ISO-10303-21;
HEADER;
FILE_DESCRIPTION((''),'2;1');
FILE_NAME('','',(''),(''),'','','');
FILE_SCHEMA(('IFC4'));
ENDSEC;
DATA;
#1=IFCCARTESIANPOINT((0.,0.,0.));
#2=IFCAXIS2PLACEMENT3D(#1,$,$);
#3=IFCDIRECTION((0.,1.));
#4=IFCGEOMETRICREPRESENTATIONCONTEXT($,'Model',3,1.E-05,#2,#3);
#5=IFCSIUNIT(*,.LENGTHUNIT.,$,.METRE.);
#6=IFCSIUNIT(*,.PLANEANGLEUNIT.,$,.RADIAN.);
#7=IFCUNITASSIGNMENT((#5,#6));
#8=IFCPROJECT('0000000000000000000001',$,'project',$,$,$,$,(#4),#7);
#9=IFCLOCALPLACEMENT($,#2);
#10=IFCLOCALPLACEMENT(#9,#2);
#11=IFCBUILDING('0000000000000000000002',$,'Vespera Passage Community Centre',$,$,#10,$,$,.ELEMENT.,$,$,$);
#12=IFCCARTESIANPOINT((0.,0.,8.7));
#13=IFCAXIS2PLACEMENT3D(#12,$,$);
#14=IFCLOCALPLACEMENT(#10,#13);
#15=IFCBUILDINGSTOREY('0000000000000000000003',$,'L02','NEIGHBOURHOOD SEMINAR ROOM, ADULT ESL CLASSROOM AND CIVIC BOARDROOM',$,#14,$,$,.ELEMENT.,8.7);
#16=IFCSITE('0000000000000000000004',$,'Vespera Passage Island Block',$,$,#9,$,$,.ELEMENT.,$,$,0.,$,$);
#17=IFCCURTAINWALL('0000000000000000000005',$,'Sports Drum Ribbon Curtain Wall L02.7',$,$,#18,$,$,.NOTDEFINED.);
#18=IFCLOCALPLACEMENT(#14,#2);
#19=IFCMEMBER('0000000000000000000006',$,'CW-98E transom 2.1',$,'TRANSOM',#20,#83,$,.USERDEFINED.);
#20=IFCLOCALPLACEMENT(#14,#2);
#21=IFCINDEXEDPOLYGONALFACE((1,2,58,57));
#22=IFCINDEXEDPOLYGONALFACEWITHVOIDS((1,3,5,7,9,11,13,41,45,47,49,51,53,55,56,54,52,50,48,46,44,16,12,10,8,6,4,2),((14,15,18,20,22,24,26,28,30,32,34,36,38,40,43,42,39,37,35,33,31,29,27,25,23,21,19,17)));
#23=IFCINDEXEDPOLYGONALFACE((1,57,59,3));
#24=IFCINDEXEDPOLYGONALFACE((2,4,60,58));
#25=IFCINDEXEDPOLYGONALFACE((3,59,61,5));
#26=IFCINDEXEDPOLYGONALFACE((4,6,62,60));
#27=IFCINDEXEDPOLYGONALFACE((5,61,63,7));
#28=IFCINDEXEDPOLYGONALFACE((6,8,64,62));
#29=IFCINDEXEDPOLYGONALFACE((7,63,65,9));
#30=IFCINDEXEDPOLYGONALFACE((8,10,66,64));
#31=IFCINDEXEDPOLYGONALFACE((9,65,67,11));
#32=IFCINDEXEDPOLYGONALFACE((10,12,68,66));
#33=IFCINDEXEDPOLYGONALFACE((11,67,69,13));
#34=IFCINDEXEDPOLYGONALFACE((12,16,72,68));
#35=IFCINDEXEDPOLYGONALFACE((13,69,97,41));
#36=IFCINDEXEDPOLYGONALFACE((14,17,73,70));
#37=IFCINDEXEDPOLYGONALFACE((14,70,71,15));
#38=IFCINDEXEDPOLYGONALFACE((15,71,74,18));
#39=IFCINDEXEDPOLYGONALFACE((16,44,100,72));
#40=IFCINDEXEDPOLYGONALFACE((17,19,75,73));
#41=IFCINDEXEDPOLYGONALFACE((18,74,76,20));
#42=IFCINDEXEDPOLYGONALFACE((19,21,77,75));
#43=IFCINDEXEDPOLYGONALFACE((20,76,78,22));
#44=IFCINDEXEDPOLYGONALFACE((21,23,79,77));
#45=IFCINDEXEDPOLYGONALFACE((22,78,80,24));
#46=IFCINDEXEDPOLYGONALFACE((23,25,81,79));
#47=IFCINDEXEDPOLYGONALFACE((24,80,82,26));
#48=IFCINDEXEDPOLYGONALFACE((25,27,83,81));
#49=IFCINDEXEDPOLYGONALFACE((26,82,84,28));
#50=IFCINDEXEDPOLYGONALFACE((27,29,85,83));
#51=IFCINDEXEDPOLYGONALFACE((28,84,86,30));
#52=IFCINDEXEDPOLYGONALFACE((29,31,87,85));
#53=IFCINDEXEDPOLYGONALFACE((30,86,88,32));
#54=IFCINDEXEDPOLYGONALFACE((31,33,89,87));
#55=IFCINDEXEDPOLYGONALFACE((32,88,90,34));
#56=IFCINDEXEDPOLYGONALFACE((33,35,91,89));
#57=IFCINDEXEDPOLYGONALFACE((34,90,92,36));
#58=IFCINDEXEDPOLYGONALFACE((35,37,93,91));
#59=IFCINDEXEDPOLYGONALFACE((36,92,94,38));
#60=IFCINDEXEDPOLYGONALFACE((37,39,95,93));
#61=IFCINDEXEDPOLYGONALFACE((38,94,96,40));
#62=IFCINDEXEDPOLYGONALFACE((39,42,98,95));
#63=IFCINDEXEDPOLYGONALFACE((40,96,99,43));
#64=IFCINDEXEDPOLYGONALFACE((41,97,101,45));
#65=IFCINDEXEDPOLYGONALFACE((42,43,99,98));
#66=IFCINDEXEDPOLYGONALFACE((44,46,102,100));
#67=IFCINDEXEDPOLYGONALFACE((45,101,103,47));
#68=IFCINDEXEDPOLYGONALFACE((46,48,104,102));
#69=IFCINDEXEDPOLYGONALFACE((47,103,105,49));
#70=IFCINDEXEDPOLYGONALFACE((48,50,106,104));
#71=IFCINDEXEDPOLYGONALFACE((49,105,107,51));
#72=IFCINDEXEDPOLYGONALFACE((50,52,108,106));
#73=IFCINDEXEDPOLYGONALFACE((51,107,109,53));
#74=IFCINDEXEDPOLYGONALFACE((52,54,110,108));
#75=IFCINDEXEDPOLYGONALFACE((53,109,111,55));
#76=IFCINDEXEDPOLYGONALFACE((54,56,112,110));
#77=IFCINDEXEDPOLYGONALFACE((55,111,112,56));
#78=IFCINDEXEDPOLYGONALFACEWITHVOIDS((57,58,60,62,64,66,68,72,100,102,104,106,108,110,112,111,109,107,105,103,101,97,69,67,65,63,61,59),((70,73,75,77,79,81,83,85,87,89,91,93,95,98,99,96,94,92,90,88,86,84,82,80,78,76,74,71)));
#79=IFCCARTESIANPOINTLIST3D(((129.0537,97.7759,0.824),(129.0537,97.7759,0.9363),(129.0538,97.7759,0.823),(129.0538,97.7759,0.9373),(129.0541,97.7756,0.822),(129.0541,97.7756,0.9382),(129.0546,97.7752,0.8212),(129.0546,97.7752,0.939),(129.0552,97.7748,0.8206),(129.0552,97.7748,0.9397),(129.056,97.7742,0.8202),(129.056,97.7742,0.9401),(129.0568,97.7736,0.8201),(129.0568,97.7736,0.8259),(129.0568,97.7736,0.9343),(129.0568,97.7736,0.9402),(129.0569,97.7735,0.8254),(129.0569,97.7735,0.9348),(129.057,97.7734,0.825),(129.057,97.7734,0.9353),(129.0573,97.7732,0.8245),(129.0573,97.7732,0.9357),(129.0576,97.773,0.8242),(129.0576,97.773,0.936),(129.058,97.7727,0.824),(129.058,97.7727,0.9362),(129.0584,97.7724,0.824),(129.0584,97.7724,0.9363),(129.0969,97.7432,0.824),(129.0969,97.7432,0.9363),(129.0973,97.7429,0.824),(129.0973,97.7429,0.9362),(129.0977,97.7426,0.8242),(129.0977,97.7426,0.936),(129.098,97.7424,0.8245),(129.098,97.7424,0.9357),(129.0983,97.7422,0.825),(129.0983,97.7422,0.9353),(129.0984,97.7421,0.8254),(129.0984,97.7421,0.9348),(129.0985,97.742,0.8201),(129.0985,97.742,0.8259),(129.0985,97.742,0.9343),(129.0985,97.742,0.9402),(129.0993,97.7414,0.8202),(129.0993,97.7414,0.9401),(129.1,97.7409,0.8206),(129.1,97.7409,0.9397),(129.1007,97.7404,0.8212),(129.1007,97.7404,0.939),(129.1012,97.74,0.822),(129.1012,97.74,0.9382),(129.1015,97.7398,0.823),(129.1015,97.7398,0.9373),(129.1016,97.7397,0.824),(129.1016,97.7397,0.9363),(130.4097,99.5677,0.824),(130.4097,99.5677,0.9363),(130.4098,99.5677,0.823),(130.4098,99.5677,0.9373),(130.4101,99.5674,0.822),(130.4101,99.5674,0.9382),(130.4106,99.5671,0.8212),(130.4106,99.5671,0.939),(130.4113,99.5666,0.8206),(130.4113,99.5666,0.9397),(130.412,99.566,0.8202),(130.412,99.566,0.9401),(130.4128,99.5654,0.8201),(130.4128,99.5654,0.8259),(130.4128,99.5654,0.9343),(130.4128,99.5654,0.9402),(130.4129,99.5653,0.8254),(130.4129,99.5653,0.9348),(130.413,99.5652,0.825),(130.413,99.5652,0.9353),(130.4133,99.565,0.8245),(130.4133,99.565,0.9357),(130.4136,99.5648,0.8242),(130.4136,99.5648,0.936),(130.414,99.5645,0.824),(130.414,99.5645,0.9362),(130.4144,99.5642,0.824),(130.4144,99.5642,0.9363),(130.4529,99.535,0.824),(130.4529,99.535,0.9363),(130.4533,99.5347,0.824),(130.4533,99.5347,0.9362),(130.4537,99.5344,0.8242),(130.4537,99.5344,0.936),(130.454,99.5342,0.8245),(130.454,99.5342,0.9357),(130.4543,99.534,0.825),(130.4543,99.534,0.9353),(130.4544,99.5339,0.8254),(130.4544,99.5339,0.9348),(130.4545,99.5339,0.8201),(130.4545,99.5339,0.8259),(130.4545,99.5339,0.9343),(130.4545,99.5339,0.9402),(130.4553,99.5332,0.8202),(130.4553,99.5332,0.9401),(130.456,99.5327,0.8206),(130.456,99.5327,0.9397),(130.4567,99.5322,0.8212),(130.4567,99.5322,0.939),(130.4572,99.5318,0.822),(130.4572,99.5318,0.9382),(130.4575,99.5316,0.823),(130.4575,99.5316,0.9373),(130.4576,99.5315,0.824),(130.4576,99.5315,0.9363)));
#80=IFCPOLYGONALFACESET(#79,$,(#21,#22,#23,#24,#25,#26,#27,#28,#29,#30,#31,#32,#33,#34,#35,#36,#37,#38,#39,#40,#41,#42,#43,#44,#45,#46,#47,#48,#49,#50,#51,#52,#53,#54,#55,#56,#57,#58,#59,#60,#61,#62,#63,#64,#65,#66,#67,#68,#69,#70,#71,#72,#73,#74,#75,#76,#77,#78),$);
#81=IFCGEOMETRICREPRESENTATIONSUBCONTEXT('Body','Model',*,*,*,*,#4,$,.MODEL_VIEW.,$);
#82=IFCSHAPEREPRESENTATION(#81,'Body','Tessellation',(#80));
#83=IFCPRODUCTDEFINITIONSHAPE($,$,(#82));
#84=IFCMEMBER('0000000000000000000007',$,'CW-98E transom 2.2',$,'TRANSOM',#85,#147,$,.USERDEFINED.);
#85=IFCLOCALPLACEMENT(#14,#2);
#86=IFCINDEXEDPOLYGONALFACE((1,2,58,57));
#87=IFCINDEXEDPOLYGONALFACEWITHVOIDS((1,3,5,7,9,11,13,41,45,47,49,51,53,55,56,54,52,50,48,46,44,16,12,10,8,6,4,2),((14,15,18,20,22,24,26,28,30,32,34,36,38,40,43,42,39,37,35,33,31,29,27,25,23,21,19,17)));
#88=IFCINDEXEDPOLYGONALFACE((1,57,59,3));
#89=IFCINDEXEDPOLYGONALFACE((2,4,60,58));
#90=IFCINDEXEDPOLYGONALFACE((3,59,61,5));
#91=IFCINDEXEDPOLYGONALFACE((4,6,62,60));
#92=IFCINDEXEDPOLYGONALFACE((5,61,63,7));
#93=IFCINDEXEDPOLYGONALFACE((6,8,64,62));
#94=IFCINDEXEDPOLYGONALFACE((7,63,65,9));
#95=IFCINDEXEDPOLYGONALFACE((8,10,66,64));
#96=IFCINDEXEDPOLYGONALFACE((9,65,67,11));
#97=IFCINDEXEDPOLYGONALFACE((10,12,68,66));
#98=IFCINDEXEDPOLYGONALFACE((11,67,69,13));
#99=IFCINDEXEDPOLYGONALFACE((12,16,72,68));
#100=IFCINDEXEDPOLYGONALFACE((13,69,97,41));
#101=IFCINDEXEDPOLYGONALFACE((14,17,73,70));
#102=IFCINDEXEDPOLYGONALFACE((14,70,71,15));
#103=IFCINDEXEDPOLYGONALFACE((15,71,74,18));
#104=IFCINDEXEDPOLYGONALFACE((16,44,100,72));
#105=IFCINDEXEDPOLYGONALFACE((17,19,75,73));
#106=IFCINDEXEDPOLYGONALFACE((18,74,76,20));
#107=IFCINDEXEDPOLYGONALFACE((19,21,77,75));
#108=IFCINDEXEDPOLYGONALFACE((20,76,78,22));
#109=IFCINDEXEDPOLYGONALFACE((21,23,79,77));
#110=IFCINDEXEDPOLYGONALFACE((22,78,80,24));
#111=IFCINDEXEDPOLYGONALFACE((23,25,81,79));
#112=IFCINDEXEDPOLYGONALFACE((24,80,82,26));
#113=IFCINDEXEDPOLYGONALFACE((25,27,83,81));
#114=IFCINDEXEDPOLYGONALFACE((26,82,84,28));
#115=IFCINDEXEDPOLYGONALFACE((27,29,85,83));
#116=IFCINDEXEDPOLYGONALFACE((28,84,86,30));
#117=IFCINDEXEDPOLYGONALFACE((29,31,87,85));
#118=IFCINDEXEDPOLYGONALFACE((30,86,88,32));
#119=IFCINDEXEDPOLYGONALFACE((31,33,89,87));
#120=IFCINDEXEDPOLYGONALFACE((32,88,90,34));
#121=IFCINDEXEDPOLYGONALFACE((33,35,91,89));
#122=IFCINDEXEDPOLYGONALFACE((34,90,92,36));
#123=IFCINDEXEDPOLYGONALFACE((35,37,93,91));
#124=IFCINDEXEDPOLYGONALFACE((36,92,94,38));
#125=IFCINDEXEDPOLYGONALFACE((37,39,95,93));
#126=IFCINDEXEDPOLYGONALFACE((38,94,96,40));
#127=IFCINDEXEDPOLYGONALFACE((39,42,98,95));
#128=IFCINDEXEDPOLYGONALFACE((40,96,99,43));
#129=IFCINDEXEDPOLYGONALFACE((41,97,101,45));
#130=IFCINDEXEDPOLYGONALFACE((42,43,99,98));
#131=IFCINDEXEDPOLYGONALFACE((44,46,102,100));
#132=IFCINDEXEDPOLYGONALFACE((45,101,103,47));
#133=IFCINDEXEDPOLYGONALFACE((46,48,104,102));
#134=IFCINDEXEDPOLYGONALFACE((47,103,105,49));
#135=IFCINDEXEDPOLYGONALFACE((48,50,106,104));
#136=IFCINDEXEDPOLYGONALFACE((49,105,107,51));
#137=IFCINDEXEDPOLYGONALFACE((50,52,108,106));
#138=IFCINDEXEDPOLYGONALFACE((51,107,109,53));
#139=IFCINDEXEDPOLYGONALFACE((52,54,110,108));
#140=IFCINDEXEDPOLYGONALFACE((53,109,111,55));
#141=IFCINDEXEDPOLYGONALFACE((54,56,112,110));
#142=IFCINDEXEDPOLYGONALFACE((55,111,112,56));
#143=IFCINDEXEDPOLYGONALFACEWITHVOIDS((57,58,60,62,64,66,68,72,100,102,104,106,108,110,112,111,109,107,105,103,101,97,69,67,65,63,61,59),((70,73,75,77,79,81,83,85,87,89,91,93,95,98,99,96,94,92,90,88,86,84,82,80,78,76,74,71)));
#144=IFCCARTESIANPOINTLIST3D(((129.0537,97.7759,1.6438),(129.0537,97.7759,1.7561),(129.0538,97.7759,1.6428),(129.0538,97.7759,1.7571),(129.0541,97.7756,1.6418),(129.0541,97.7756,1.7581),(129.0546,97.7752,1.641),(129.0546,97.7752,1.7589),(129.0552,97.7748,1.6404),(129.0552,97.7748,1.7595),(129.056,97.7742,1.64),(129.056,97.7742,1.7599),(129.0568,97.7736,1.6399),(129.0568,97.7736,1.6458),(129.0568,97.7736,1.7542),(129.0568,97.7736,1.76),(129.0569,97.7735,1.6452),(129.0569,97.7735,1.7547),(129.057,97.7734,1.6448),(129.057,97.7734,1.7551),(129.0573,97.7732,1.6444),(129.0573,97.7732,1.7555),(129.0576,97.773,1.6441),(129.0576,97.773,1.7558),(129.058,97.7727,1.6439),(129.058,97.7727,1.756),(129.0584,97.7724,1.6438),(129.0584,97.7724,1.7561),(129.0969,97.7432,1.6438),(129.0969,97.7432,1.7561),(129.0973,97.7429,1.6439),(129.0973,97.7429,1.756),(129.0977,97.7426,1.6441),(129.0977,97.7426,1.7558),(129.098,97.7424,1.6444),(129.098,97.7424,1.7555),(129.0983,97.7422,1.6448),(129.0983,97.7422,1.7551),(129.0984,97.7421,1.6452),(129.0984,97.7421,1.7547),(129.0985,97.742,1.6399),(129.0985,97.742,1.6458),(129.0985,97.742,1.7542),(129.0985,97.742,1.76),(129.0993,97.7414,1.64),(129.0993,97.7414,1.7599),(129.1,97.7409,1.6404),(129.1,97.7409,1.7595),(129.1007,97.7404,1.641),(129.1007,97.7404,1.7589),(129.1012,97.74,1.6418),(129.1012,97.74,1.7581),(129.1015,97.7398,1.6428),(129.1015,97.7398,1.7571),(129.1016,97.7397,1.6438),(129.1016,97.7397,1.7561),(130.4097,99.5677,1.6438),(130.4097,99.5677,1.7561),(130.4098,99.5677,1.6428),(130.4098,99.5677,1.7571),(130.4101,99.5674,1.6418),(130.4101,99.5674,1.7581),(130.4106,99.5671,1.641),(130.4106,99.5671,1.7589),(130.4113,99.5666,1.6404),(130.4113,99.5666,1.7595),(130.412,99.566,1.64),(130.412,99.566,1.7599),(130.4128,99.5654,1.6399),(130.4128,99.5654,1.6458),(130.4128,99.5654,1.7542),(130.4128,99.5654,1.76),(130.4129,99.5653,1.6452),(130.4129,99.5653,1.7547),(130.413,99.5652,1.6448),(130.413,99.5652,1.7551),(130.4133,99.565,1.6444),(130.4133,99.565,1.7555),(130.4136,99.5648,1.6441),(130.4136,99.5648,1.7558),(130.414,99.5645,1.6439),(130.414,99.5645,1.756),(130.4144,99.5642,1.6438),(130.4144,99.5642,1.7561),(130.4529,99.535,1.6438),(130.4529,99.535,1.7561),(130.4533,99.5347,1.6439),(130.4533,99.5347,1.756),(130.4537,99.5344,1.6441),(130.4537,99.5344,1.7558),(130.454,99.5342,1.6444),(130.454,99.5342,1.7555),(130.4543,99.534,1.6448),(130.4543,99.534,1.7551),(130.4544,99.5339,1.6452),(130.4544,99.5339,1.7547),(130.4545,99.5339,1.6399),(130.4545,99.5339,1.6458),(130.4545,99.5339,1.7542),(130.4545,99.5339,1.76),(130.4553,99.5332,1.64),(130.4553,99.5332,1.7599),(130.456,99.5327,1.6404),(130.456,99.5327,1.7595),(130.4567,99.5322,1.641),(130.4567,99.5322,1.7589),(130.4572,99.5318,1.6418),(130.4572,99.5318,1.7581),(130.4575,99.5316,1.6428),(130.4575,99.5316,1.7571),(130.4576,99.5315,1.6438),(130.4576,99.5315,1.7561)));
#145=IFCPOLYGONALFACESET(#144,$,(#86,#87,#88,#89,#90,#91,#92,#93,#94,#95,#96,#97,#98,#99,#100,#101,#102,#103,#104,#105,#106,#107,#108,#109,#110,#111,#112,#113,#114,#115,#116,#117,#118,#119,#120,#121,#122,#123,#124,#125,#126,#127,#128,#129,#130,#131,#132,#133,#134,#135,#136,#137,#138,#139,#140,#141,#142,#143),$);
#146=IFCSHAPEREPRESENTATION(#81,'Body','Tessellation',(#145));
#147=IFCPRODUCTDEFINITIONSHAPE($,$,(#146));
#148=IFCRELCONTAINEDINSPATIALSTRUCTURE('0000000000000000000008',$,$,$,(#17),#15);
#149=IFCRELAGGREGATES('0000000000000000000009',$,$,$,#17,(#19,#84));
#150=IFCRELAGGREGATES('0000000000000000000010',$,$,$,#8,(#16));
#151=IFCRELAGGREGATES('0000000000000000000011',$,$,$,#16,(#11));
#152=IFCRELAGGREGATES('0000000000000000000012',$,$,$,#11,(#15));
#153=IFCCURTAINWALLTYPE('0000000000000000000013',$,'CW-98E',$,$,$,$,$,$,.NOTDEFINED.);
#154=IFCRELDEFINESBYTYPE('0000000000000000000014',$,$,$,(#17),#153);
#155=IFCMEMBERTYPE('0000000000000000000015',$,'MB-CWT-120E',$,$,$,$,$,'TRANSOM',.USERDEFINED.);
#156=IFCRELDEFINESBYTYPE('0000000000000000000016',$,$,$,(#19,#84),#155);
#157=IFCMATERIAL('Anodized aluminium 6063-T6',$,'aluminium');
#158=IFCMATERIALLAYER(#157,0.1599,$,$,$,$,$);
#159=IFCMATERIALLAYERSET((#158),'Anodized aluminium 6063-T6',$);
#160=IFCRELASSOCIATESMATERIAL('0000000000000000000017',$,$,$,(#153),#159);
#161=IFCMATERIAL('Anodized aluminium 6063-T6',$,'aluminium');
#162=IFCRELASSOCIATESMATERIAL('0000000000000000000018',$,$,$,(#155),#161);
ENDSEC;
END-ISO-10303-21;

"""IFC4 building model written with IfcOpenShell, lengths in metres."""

from ifc_helpers import new_model, si_unit, direction, frame, origin, origin_2d, place, context, subcontext, project, spatial, hollow_rectangle, extrude, material, layer, layer_set, material_profile, profile_set, type_object, element, aggregate, save


model = new_model("IFC4")

# Units and contexts
model_context = context("Model", 3, precision=1e-05, world=origin(), true_north=direction((0.0, 1.0)))
body_context = subcontext(model_context, "Body", "Model", "MODEL_VIEW")
ifc_project = project(units=[si_unit("LENGTHUNIT", "METRE"), si_unit("PLANEANGLEUNIT", "RADIAN")], contexts=[model_context])

# Site, building, storey
site_placement = place(None, origin())
site = spatial("IfcSite", under=ifc_project, at=site_placement, Name="Vespera Passage Island Block", CompositionType="ELEMENT", RefElevation=0.0)
building_placement = place(site_placement, origin())
building = spatial("IfcBuilding", under=site, at=building_placement, Name="Vespera Passage Community Centre", CompositionType="ELEMENT")
storey_placement = place(building_placement, frame((0.0, 0.0, 8.7)))
storey = spatial("IfcBuildingStorey", under=building, at=storey_placement, Name="L02", Description="NEIGHBOURHOOD SEMINAR ROOM, ADULT ESL CLASSROOM AND CIVIC BOARDROOM", CompositionType="ELEMENT", Elevation=8.7)

# Curtain wall
ifc_material_1 = material(Name="Anodized aluminium 6063-T6", Category="aluminium")
ifc_layer_1 = layer(ifc_material_1, 0.1599)
ifc_layer_set_1 = layer_set([ifc_layer_1], Name="Anodized aluminium 6063-T6")
curtain_wall_type_1 = type_object("IfcCurtainWallType", Name="CW-98E", PredefinedType="NOTDEFINED", material=ifc_layer_set_1)
curtain_wall_1_placement = place(storey_placement, origin())
curtain_wall_1 = element("IfcCurtainWall", 1, at=curtain_wall_1_placement, inside=storey, type_object=curtain_wall_type_1, Name="Sports Drum Ribbon Curtain Wall L02.7", PredefinedType="NOTDEFINED")

# Members
ifc_material_2 = material(Name="Anodized aluminium 6063-T6", Category="aluminium")
ifc_material_profile_1 = material_profile(ifc_material_2, hollow_rectangle(XDim=0.0601, YDim=0.1201, WallThickness=0.0039, InnerFilletRadius=0.002, OuterFilletRadius=0.0039, at=origin_2d()), Name="ALU120X60X4")
ifc_profile_set_1 = profile_set([ifc_material_profile_1], Name="Anodized aluminium 6063-T6")
member_type_1 = type_object("IfcMemberType", Name="MB-CWT-120E", ElementType="TRANSOM", PredefinedType="USERDEFINED", material=ifc_profile_set_1)
member_1_placement = place(storey_placement, frame((129.0776, 97.7578, 0.8801), z_axis=(0.603454, 0.797398, 0.0), x_axis=(-0.797398, 0.603454, 0.0)))
member_1 = element("IfcMember", 2, at=member_1_placement, type_object=member_type_1, Name="CW-98E transom 2.1", ObjectType="TRANSOM", PredefinedType="USERDEFINED", context=body_context, shape_type="SweptSolid", body=[
    extrude(hollow_rectangle(XDim=0.0601, YDim=0.1201, WallThickness=0.0039, InnerFilletRadius=0.002, OuterFilletRadius=0.0039, at=origin_2d()), origin(), (0.0, 0.0, 1.0), 2.2471),
])
member_2_placement = place(storey_placement, frame((129.0776, 97.7578, 1.7), z_axis=(0.603454, 0.797398, 0.0), x_axis=(-0.797398, 0.603454, 0.0)))
member_2 = element("IfcMember", 3, at=member_2_placement, type_object=member_type_1, Name="CW-98E transom 2.2", ObjectType="TRANSOM", PredefinedType="USERDEFINED", context=body_context, shape_type="SweptSolid", body=[
    extrude(hollow_rectangle(XDim=0.0601, YDim=0.1201, WallThickness=0.0039, InnerFilletRadius=0.002, OuterFilletRadius=0.0039, at=origin_2d()), origin(), (0.0, 0.0, 1.0), 2.2471),
])

aggregate(curtain_wall_1, [member_1, member_2])

save(model, "model.ifc")
